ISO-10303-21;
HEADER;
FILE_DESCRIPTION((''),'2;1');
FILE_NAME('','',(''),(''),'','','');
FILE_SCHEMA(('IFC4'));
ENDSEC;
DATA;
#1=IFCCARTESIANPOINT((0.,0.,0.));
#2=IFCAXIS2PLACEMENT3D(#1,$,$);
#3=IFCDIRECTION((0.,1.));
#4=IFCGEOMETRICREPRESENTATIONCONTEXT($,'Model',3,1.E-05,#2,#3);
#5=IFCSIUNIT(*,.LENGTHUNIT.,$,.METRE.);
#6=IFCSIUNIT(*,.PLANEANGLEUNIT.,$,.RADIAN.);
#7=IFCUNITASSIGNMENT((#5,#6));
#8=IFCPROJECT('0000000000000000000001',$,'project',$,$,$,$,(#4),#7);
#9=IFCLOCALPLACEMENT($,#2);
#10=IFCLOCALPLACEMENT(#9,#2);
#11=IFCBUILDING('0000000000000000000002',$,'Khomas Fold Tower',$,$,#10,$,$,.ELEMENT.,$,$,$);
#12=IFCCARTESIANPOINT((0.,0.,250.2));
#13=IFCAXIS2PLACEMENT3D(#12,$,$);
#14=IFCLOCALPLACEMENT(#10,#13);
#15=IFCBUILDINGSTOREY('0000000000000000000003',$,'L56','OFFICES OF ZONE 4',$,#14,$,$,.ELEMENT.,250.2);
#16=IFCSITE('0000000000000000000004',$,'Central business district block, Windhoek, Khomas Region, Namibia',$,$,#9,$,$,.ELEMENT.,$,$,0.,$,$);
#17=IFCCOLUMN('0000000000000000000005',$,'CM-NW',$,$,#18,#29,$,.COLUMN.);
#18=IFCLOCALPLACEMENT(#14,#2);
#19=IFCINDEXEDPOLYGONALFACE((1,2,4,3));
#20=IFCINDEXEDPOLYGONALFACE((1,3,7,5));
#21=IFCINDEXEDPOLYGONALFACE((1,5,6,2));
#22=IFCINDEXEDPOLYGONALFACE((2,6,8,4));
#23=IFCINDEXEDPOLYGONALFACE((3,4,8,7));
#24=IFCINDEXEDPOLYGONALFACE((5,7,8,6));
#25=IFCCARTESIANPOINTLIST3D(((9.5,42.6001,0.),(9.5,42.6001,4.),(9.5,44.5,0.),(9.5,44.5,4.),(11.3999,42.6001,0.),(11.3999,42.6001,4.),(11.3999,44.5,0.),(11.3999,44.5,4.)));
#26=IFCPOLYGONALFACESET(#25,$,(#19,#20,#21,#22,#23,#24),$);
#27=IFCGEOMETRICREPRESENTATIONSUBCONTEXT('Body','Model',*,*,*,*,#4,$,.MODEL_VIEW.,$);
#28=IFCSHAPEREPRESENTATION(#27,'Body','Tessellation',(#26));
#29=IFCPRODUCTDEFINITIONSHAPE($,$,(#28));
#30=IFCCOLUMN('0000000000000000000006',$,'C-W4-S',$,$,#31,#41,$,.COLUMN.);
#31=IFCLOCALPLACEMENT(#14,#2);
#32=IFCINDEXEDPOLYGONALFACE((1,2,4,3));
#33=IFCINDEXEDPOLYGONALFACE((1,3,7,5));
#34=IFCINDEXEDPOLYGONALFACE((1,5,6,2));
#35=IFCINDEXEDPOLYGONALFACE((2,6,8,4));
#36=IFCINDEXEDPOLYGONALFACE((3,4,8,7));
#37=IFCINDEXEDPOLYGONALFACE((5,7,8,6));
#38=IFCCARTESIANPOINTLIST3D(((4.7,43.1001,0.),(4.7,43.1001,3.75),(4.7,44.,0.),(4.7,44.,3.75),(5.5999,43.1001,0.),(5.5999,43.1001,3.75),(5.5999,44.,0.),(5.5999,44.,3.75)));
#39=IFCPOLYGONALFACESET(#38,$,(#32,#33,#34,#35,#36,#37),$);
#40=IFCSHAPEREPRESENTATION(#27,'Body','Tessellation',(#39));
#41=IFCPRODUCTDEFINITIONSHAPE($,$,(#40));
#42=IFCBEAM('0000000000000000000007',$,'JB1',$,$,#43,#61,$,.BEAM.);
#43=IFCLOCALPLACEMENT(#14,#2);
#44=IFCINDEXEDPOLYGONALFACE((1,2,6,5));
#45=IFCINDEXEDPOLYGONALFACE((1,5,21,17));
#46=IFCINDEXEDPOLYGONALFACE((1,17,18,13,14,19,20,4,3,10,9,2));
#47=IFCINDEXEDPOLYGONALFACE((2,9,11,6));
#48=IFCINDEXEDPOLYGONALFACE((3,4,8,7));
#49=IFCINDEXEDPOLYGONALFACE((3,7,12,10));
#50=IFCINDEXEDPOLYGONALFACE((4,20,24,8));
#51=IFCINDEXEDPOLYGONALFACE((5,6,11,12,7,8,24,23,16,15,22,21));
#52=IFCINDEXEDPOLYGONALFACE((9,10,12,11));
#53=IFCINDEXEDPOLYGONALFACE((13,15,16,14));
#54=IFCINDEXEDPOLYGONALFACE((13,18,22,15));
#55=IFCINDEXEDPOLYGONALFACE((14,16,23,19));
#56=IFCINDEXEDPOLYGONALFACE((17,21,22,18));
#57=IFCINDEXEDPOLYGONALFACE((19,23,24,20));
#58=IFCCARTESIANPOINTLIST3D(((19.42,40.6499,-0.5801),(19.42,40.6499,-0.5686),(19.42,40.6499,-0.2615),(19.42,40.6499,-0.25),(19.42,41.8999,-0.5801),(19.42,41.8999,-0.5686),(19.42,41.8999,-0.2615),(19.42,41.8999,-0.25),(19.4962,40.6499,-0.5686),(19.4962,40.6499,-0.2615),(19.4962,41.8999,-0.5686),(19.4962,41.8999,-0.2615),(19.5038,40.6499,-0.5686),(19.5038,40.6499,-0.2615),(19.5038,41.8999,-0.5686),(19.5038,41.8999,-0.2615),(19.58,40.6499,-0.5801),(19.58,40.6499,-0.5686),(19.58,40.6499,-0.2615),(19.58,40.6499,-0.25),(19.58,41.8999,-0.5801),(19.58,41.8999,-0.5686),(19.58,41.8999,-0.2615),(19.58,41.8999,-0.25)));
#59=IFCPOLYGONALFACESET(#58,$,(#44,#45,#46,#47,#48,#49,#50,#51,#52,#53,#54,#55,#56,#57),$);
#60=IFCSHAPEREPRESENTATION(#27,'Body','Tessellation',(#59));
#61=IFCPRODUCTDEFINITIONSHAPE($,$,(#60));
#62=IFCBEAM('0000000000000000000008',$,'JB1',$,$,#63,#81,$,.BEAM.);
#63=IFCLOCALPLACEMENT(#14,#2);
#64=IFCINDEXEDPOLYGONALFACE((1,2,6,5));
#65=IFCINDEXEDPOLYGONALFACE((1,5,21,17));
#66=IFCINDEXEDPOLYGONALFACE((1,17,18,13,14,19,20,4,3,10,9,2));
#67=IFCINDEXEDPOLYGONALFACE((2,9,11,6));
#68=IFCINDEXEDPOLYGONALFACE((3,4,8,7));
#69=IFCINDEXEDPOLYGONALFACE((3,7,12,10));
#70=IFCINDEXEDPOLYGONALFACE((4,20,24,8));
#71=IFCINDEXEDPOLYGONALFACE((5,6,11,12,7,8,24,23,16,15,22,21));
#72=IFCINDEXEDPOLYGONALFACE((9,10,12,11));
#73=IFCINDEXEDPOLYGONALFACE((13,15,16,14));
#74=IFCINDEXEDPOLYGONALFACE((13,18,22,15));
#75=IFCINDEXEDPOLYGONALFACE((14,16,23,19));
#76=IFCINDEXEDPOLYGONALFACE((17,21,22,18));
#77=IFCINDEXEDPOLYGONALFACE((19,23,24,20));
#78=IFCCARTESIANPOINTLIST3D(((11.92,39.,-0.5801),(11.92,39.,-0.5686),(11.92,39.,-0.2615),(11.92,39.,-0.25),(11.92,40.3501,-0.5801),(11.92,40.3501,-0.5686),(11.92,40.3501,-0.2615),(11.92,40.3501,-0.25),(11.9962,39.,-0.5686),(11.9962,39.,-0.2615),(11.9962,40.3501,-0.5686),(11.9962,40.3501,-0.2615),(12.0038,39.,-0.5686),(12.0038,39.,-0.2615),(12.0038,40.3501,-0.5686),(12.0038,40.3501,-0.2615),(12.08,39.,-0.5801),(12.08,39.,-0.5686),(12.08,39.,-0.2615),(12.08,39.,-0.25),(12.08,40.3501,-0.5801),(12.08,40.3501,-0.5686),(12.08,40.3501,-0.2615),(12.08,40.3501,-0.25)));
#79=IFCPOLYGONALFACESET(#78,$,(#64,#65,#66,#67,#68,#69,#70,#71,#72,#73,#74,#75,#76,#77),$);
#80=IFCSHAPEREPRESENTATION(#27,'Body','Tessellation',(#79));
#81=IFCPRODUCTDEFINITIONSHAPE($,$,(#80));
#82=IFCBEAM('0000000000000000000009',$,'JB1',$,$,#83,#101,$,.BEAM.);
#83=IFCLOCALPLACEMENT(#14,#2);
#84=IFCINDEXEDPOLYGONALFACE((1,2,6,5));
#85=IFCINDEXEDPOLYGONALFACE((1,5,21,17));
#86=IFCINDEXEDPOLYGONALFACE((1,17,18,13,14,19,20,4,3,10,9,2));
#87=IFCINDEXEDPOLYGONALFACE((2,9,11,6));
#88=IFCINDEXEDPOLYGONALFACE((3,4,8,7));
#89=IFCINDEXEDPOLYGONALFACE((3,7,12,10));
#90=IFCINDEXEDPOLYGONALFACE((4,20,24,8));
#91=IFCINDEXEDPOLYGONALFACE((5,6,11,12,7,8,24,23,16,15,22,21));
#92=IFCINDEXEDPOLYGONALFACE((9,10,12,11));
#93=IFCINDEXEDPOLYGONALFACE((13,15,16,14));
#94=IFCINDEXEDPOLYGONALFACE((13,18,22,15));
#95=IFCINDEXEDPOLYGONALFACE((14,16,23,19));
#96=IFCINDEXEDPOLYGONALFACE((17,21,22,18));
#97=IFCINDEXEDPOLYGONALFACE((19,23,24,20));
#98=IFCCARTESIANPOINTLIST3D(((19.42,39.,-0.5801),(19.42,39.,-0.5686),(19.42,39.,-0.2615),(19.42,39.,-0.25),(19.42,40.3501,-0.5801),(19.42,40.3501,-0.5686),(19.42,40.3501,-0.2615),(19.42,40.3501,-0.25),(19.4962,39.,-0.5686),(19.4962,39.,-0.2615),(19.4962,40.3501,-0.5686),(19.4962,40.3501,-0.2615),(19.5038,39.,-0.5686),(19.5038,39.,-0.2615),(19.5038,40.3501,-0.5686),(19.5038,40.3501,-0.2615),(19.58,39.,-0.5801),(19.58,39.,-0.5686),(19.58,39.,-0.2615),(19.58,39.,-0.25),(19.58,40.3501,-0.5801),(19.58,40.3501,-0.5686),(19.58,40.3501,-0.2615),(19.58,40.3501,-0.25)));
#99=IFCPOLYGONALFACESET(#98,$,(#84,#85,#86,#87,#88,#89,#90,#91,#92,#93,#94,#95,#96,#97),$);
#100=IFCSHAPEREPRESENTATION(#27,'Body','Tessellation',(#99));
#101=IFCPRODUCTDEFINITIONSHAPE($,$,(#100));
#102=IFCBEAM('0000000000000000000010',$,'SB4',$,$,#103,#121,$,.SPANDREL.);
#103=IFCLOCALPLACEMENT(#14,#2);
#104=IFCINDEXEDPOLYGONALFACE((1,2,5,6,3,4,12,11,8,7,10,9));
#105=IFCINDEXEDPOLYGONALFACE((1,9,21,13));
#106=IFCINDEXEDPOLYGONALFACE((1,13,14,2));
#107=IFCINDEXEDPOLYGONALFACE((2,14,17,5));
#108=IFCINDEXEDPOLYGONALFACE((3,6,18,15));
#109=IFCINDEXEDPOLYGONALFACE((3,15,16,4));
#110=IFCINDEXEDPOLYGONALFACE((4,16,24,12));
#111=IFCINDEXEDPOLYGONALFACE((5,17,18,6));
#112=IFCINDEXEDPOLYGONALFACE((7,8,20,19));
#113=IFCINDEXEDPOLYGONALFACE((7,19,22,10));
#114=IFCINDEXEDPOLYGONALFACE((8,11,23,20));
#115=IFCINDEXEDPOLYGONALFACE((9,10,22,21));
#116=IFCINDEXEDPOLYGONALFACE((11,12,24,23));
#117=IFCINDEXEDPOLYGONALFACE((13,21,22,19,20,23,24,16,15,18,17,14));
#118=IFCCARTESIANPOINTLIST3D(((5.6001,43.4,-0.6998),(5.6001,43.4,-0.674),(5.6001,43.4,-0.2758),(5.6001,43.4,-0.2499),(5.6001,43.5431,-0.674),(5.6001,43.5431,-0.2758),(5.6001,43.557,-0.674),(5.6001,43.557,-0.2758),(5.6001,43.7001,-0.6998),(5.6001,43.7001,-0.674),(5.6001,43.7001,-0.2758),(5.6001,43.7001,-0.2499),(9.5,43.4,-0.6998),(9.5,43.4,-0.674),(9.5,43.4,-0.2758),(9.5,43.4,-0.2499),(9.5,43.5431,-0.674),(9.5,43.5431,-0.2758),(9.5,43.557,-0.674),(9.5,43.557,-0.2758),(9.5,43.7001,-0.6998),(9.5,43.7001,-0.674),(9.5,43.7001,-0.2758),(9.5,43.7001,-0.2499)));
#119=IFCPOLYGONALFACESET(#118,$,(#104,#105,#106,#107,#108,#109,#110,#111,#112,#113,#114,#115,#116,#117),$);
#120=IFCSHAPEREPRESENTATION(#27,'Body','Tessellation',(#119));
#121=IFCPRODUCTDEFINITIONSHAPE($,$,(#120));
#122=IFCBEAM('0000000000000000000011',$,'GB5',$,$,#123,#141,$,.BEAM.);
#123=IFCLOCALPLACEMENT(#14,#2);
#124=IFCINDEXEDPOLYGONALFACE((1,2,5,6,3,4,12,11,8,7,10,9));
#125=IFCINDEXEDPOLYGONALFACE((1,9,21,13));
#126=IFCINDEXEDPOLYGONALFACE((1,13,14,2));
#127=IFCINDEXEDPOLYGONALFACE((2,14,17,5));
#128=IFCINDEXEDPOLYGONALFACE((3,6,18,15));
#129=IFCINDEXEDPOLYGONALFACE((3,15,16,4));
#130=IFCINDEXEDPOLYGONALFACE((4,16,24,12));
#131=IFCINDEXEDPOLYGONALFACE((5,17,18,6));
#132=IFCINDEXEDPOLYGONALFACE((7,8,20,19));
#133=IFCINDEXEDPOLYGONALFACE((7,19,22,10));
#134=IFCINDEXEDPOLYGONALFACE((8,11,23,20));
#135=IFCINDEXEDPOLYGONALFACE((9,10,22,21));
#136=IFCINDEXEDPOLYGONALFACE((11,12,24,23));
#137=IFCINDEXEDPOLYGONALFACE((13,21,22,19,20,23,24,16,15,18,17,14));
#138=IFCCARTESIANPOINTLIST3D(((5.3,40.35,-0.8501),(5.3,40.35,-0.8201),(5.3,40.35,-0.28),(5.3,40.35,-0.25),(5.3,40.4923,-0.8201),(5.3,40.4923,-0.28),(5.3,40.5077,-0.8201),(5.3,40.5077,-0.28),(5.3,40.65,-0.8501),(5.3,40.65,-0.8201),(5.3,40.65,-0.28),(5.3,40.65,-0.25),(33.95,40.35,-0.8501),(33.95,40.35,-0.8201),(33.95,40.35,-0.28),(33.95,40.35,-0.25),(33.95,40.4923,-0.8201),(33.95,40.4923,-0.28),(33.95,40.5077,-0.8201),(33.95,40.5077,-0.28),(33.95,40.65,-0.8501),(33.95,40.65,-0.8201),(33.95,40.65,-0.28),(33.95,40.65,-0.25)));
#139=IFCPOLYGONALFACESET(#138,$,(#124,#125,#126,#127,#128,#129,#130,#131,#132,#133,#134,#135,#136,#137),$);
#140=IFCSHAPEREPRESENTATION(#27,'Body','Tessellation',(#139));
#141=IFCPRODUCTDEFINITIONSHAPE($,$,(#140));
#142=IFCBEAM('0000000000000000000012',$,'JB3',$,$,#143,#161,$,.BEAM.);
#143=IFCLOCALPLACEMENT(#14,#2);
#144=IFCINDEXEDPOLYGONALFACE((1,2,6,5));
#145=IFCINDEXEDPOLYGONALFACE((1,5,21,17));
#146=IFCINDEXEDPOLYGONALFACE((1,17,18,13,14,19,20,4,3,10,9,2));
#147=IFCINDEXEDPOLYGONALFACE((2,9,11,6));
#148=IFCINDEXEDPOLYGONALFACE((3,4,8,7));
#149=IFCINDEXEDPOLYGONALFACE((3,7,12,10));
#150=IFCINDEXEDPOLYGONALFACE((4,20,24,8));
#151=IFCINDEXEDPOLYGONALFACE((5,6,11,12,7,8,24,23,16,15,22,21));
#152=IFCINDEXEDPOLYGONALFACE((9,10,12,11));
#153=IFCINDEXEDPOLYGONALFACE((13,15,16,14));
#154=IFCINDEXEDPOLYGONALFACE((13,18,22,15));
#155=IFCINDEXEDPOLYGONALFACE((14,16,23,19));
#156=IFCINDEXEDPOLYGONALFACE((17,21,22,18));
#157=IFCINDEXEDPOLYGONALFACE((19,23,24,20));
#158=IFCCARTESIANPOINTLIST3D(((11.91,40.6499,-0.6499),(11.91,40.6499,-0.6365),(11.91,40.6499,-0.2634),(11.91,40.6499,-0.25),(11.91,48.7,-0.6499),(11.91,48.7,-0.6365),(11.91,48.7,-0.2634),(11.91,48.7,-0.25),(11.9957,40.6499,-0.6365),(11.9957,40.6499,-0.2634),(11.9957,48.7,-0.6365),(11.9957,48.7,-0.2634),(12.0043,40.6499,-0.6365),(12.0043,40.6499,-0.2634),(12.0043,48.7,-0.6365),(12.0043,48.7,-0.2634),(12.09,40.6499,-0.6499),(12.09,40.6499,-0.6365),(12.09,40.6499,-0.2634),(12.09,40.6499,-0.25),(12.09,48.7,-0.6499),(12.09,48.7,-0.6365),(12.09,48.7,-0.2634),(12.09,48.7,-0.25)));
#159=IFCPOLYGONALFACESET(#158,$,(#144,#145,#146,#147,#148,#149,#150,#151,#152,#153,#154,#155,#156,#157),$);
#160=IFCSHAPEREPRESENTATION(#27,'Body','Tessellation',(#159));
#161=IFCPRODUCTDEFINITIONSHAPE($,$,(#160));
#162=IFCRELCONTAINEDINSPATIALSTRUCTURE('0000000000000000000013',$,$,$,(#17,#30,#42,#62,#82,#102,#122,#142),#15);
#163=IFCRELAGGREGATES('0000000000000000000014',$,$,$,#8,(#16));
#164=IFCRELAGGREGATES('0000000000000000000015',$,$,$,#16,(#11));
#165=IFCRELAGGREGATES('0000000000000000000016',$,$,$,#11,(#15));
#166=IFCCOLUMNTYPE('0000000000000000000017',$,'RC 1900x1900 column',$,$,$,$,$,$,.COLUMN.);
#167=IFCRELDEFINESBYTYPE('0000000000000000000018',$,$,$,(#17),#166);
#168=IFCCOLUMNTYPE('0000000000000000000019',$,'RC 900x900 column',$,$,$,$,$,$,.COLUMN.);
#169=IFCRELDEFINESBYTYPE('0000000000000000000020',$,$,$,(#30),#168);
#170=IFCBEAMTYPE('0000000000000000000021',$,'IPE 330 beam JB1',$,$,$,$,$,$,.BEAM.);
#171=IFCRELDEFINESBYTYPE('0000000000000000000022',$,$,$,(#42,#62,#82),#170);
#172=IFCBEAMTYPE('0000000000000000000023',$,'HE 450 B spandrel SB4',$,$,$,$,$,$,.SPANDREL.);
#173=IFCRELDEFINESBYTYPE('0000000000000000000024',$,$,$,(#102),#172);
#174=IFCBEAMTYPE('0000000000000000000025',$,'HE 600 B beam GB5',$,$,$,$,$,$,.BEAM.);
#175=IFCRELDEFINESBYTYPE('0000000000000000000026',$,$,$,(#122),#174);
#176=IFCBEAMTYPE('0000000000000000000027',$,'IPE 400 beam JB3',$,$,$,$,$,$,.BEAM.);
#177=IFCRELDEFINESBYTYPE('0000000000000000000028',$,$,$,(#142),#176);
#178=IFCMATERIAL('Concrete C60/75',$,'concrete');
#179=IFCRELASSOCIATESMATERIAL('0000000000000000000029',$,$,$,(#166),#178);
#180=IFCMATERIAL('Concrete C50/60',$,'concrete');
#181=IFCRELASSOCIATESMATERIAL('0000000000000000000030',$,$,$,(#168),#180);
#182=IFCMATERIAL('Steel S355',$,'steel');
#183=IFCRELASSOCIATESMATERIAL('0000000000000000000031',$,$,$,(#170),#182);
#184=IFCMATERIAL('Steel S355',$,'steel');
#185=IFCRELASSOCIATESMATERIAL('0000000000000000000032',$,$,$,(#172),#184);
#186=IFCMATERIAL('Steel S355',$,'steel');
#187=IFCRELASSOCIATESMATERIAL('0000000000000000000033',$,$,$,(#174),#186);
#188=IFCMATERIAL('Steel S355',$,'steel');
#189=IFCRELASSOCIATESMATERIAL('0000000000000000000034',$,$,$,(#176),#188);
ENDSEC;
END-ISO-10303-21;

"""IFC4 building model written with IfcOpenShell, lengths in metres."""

from ifc_helpers import new_model, si_unit, direction, frame, origin, origin_2d, place, context, subcontext, project, spatial, rectangle, i_section, extrude, source, transform, mapped, material, material_profile, profile_set, type_object, element, save


model = new_model("IFC4")

# Units and contexts
model_context = context("Model", 3, precision=1e-05, world=origin(), true_north=direction((0.0, 1.0)))
body_context = subcontext(model_context, "Body", "Model", "MODEL_VIEW")
ifc_project = project(units=[si_unit("LENGTHUNIT", "METRE"), si_unit("PLANEANGLEUNIT", "RADIAN")], contexts=[model_context])

# Site, building, storey
site_placement = place(None, origin())
site = spatial("IfcSite", under=ifc_project, at=site_placement, Name="Central business district block, Windhoek, Khomas Region, Namibia", CompositionType="ELEMENT", RefElevation=0.0)
building_placement = place(site_placement, origin())
building = spatial("IfcBuilding", under=site, at=building_placement, Name="Khomas Fold Tower", CompositionType="ELEMENT")
storey_placement = place(building_placement, frame((0.0, 0.0, 250.2)))
storey = spatial("IfcBuildingStorey", under=building, at=storey_placement, Name="L56", Description="OFFICES OF ZONE 4", CompositionType="ELEMENT", Elevation=250.2)

# Columns
ifc_material_1 = material(Name="Concrete C60/75", Category="concrete")
ifc_material_profile_1 = material_profile(ifc_material_1, rectangle(XDim=1.8999, YDim=1.8999, at=origin_2d()), Name="RC 1900x1900")
ifc_profile_set_1 = profile_set([ifc_material_profile_1], Name="Concrete C60/75")
column_type_1 = type_object("IfcColumnType", Name="RC 1900x1900 column", PredefinedType="COLUMN", material=ifc_profile_set_1)
shared_shape_1 = source(origin(), body_context, "Body", "SweptSolid", [
    extrude(rectangle(XDim=1.8999, YDim=1.8999, at=origin_2d()), origin(), (0.0, 0.0, 1.0), 4.0),
])
column_1_placement = place(storey_placement, frame((10.45, 43.55, 0.0), z_axis=(0.0, 0.0, 1.0), x_axis=(1.0, 0.0, 0.0)))
element("IfcColumn", 1, at=column_1_placement, inside=storey, type_object=column_type_1, Name="CM-NW", PredefinedType="COLUMN", context=body_context, shape_type="MappedRepresentation", body=[
    mapped(shared_shape_1, transform((0.0, 0.0, 0.0))),
])
ifc_material_2 = material(Name="Concrete C50/60", Category="concrete")
ifc_material_profile_2 = material_profile(ifc_material_2, rectangle(XDim=0.8999, YDim=0.8999, at=origin_2d()), Name="RC 900x900")
ifc_profile_set_2 = profile_set([ifc_material_profile_2], Name="Concrete C50/60")
column_type_2 = type_object("IfcColumnType", Name="RC 900x900 column", PredefinedType="COLUMN", material=ifc_profile_set_2)
shared_shape_2 = source(origin(), body_context, "Body", "SweptSolid", [
    extrude(rectangle(XDim=0.8999, YDim=0.8999, at=origin_2d()), origin(), (0.0, 0.0, 1.0), 3.75),
])
column_2_placement = place(storey_placement, frame((5.1499, 43.55, 0.0), z_axis=(0.0, 0.0, 1.0), x_axis=(1.0, 0.0, 0.0)))
element("IfcColumn", 2, at=column_2_placement, inside=storey, type_object=column_type_2, Name="C-W4-S", PredefinedType="COLUMN", context=body_context, shape_type="MappedRepresentation", body=[
    mapped(shared_shape_2, transform((0.0, 0.0, 0.0))),
])

# Beams
ifc_material_3 = material(Name="Steel S355", Category="steel")
ifc_material_profile_3 = material_profile(ifc_material_3, i_section(OverallWidth=0.1599, OverallDepth=0.3301, WebThickness=0.0076, FlangeThickness=0.0115, at=origin_2d()), Name="IPE 330")
ifc_profile_set_3 = profile_set([ifc_material_profile_3], Name="Steel S355")
beam_type_1 = type_object("IfcBeamType", Name="IPE 330 beam JB1", PredefinedType="BEAM", material=ifc_profile_set_3)
shared_shape_3 = source(origin(), body_context, "Body", "SweptSolid", [
    extrude(i_section(OverallWidth=0.1599, OverallDepth=0.3301, WebThickness=0.0076, FlangeThickness=0.0115, at=origin_2d()), origin(), (0.0, 0.0, 1.0), 1.25),
])
beam_1_placement = place(storey_placement, frame((19.5, 40.6499, -0.415), z_axis=(0.0, 1.0, 0.0), x_axis=(-1.0, 0.0, 0.0)))
element("IfcBeam", 3, at=beam_1_placement, inside=storey, type_object=beam_type_1, Name="JB1", PredefinedType="BEAM", context=body_context, shape_type="MappedRepresentation", body=[
    mapped(shared_shape_3, transform((0.0, 0.0, 0.0))),
])
shared_shape_4 = source(origin(), body_context, "Body", "SweptSolid", [
    extrude(i_section(OverallWidth=0.1599, OverallDepth=0.3301, WebThickness=0.0076, FlangeThickness=0.0115, at=origin_2d()), origin(), (0.0, 0.0, 1.0), 1.3501),
])
for number, where, z_axis, x_axis, name in (
    (4, (12.0, 39.0, -0.415), (0.0, 1.0, 0.0), (-1.0, 0.0, 0.0), "JB1"),
    (5, (19.5, 39.0, -0.415), (0.0, 1.0, 0.0), (-1.0, 0.0, 0.0), "JB1"),
):
    element("IfcBeam", number, at=place(storey_placement, frame(where, z_axis=z_axis, x_axis=x_axis)), inside=storey, type_object=beam_type_1, Name=name, PredefinedType="BEAM", context=body_context, shape_type="MappedRepresentation", body=[
        mapped(shared_shape_4, transform((0.0, 0.0, 0.0))),
    ])
ifc_material_4 = material(Name="Steel S355", Category="steel")
ifc_material_profile_4 = material_profile(ifc_material_4, i_section(OverallWidth=0.3, OverallDepth=0.45, WebThickness=0.0139, FlangeThickness=0.0259, at=origin_2d()), Name="HE 450 B")
ifc_profile_set_4 = profile_set([ifc_material_profile_4], Name="Steel S355")
beam_type_2 = type_object("IfcBeamType", Name="HE 450 B spandrel SB4", PredefinedType="SPANDREL", material=ifc_profile_set_4)
shared_shape_5 = source(origin(), body_context, "Body", "SweptSolid", [
    extrude(i_section(OverallWidth=0.3, OverallDepth=0.45, WebThickness=0.0139, FlangeThickness=0.0259, at=origin_2d()), origin(), (0.0, 0.0, 1.0), 3.8999),
])
beam_2_placement = place(storey_placement, frame((5.6001, 43.55, -0.4749), z_axis=(1.0, 0.0, 0.0), x_axis=(0.0, 1.0, 0.0)))
element("IfcBeam", 6, at=beam_2_placement, inside=storey, type_object=beam_type_2, Name="SB4", PredefinedType="SPANDREL", context=body_context, shape_type="MappedRepresentation", body=[
    mapped(shared_shape_5, transform((0.0, 0.0, 0.0))),
])
ifc_material_5 = material(Name="Steel S355", Category="steel")
ifc_material_profile_5 = material_profile(ifc_material_5, i_section(OverallWidth=0.3, OverallDepth=0.6001, WebThickness=0.0154, FlangeThickness=0.03, at=origin_2d()), Name="HE 600 B")
ifc_profile_set_5 = profile_set([ifc_material_profile_5], Name="Steel S355")
beam_type_3 = type_object("IfcBeamType", Name="HE 600 B beam GB5", PredefinedType="BEAM", material=ifc_profile_set_5)
shared_shape_6 = source(origin(), body_context, "Body", "SweptSolid", [
    extrude(i_section(OverallWidth=0.3, OverallDepth=0.6001, WebThickness=0.0154, FlangeThickness=0.03, at=origin_2d()), origin(), (0.0, 0.0, 1.0), 28.6499),
])
beam_3_placement = place(storey_placement, frame((5.3, 40.5, -0.55), z_axis=(1.0, 0.0, 0.0), x_axis=(0.0, 1.0, 0.0)))
element("IfcBeam", 7, at=beam_3_placement, inside=storey, type_object=beam_type_3, Name="GB5", PredefinedType="BEAM", context=body_context, shape_type="MappedRepresentation", body=[
    mapped(shared_shape_6, transform((0.0, 0.0, 0.0))),
])
ifc_material_6 = material(Name="Steel S355", Category="steel")
ifc_material_profile_6 = material_profile(ifc_material_6, i_section(OverallWidth=0.1799, OverallDepth=0.3999, WebThickness=0.0085, FlangeThickness=0.0134, at=origin_2d()), Name="IPE 400")
ifc_profile_set_6 = profile_set([ifc_material_profile_6], Name="Steel S355")
beam_type_4 = type_object("IfcBeamType", Name="IPE 400 beam JB3", PredefinedType="BEAM", material=ifc_profile_set_6)
shared_shape_7 = source(origin(), body_context, "Body", "SweptSolid", [
    extrude(i_section(OverallWidth=0.1799, OverallDepth=0.3999, WebThickness=0.0085, FlangeThickness=0.0134, at=origin_2d()), origin(), (0.0, 0.0, 1.0), 8.05),
])
beam_4_placement = place(storey_placement, frame((12.0, 40.6499, -0.45), z_axis=(0.0, 1.0, 0.0), x_axis=(-1.0, 0.0, 0.0)))
element("IfcBeam", 8, at=beam_4_placement, inside=storey, type_object=beam_type_4, Name="JB3", PredefinedType="BEAM", context=body_context, shape_type="MappedRepresentation", body=[
    mapped(shared_shape_7, transform((0.0, 0.0, 0.0))),
])

save(model, "model.ifc")
